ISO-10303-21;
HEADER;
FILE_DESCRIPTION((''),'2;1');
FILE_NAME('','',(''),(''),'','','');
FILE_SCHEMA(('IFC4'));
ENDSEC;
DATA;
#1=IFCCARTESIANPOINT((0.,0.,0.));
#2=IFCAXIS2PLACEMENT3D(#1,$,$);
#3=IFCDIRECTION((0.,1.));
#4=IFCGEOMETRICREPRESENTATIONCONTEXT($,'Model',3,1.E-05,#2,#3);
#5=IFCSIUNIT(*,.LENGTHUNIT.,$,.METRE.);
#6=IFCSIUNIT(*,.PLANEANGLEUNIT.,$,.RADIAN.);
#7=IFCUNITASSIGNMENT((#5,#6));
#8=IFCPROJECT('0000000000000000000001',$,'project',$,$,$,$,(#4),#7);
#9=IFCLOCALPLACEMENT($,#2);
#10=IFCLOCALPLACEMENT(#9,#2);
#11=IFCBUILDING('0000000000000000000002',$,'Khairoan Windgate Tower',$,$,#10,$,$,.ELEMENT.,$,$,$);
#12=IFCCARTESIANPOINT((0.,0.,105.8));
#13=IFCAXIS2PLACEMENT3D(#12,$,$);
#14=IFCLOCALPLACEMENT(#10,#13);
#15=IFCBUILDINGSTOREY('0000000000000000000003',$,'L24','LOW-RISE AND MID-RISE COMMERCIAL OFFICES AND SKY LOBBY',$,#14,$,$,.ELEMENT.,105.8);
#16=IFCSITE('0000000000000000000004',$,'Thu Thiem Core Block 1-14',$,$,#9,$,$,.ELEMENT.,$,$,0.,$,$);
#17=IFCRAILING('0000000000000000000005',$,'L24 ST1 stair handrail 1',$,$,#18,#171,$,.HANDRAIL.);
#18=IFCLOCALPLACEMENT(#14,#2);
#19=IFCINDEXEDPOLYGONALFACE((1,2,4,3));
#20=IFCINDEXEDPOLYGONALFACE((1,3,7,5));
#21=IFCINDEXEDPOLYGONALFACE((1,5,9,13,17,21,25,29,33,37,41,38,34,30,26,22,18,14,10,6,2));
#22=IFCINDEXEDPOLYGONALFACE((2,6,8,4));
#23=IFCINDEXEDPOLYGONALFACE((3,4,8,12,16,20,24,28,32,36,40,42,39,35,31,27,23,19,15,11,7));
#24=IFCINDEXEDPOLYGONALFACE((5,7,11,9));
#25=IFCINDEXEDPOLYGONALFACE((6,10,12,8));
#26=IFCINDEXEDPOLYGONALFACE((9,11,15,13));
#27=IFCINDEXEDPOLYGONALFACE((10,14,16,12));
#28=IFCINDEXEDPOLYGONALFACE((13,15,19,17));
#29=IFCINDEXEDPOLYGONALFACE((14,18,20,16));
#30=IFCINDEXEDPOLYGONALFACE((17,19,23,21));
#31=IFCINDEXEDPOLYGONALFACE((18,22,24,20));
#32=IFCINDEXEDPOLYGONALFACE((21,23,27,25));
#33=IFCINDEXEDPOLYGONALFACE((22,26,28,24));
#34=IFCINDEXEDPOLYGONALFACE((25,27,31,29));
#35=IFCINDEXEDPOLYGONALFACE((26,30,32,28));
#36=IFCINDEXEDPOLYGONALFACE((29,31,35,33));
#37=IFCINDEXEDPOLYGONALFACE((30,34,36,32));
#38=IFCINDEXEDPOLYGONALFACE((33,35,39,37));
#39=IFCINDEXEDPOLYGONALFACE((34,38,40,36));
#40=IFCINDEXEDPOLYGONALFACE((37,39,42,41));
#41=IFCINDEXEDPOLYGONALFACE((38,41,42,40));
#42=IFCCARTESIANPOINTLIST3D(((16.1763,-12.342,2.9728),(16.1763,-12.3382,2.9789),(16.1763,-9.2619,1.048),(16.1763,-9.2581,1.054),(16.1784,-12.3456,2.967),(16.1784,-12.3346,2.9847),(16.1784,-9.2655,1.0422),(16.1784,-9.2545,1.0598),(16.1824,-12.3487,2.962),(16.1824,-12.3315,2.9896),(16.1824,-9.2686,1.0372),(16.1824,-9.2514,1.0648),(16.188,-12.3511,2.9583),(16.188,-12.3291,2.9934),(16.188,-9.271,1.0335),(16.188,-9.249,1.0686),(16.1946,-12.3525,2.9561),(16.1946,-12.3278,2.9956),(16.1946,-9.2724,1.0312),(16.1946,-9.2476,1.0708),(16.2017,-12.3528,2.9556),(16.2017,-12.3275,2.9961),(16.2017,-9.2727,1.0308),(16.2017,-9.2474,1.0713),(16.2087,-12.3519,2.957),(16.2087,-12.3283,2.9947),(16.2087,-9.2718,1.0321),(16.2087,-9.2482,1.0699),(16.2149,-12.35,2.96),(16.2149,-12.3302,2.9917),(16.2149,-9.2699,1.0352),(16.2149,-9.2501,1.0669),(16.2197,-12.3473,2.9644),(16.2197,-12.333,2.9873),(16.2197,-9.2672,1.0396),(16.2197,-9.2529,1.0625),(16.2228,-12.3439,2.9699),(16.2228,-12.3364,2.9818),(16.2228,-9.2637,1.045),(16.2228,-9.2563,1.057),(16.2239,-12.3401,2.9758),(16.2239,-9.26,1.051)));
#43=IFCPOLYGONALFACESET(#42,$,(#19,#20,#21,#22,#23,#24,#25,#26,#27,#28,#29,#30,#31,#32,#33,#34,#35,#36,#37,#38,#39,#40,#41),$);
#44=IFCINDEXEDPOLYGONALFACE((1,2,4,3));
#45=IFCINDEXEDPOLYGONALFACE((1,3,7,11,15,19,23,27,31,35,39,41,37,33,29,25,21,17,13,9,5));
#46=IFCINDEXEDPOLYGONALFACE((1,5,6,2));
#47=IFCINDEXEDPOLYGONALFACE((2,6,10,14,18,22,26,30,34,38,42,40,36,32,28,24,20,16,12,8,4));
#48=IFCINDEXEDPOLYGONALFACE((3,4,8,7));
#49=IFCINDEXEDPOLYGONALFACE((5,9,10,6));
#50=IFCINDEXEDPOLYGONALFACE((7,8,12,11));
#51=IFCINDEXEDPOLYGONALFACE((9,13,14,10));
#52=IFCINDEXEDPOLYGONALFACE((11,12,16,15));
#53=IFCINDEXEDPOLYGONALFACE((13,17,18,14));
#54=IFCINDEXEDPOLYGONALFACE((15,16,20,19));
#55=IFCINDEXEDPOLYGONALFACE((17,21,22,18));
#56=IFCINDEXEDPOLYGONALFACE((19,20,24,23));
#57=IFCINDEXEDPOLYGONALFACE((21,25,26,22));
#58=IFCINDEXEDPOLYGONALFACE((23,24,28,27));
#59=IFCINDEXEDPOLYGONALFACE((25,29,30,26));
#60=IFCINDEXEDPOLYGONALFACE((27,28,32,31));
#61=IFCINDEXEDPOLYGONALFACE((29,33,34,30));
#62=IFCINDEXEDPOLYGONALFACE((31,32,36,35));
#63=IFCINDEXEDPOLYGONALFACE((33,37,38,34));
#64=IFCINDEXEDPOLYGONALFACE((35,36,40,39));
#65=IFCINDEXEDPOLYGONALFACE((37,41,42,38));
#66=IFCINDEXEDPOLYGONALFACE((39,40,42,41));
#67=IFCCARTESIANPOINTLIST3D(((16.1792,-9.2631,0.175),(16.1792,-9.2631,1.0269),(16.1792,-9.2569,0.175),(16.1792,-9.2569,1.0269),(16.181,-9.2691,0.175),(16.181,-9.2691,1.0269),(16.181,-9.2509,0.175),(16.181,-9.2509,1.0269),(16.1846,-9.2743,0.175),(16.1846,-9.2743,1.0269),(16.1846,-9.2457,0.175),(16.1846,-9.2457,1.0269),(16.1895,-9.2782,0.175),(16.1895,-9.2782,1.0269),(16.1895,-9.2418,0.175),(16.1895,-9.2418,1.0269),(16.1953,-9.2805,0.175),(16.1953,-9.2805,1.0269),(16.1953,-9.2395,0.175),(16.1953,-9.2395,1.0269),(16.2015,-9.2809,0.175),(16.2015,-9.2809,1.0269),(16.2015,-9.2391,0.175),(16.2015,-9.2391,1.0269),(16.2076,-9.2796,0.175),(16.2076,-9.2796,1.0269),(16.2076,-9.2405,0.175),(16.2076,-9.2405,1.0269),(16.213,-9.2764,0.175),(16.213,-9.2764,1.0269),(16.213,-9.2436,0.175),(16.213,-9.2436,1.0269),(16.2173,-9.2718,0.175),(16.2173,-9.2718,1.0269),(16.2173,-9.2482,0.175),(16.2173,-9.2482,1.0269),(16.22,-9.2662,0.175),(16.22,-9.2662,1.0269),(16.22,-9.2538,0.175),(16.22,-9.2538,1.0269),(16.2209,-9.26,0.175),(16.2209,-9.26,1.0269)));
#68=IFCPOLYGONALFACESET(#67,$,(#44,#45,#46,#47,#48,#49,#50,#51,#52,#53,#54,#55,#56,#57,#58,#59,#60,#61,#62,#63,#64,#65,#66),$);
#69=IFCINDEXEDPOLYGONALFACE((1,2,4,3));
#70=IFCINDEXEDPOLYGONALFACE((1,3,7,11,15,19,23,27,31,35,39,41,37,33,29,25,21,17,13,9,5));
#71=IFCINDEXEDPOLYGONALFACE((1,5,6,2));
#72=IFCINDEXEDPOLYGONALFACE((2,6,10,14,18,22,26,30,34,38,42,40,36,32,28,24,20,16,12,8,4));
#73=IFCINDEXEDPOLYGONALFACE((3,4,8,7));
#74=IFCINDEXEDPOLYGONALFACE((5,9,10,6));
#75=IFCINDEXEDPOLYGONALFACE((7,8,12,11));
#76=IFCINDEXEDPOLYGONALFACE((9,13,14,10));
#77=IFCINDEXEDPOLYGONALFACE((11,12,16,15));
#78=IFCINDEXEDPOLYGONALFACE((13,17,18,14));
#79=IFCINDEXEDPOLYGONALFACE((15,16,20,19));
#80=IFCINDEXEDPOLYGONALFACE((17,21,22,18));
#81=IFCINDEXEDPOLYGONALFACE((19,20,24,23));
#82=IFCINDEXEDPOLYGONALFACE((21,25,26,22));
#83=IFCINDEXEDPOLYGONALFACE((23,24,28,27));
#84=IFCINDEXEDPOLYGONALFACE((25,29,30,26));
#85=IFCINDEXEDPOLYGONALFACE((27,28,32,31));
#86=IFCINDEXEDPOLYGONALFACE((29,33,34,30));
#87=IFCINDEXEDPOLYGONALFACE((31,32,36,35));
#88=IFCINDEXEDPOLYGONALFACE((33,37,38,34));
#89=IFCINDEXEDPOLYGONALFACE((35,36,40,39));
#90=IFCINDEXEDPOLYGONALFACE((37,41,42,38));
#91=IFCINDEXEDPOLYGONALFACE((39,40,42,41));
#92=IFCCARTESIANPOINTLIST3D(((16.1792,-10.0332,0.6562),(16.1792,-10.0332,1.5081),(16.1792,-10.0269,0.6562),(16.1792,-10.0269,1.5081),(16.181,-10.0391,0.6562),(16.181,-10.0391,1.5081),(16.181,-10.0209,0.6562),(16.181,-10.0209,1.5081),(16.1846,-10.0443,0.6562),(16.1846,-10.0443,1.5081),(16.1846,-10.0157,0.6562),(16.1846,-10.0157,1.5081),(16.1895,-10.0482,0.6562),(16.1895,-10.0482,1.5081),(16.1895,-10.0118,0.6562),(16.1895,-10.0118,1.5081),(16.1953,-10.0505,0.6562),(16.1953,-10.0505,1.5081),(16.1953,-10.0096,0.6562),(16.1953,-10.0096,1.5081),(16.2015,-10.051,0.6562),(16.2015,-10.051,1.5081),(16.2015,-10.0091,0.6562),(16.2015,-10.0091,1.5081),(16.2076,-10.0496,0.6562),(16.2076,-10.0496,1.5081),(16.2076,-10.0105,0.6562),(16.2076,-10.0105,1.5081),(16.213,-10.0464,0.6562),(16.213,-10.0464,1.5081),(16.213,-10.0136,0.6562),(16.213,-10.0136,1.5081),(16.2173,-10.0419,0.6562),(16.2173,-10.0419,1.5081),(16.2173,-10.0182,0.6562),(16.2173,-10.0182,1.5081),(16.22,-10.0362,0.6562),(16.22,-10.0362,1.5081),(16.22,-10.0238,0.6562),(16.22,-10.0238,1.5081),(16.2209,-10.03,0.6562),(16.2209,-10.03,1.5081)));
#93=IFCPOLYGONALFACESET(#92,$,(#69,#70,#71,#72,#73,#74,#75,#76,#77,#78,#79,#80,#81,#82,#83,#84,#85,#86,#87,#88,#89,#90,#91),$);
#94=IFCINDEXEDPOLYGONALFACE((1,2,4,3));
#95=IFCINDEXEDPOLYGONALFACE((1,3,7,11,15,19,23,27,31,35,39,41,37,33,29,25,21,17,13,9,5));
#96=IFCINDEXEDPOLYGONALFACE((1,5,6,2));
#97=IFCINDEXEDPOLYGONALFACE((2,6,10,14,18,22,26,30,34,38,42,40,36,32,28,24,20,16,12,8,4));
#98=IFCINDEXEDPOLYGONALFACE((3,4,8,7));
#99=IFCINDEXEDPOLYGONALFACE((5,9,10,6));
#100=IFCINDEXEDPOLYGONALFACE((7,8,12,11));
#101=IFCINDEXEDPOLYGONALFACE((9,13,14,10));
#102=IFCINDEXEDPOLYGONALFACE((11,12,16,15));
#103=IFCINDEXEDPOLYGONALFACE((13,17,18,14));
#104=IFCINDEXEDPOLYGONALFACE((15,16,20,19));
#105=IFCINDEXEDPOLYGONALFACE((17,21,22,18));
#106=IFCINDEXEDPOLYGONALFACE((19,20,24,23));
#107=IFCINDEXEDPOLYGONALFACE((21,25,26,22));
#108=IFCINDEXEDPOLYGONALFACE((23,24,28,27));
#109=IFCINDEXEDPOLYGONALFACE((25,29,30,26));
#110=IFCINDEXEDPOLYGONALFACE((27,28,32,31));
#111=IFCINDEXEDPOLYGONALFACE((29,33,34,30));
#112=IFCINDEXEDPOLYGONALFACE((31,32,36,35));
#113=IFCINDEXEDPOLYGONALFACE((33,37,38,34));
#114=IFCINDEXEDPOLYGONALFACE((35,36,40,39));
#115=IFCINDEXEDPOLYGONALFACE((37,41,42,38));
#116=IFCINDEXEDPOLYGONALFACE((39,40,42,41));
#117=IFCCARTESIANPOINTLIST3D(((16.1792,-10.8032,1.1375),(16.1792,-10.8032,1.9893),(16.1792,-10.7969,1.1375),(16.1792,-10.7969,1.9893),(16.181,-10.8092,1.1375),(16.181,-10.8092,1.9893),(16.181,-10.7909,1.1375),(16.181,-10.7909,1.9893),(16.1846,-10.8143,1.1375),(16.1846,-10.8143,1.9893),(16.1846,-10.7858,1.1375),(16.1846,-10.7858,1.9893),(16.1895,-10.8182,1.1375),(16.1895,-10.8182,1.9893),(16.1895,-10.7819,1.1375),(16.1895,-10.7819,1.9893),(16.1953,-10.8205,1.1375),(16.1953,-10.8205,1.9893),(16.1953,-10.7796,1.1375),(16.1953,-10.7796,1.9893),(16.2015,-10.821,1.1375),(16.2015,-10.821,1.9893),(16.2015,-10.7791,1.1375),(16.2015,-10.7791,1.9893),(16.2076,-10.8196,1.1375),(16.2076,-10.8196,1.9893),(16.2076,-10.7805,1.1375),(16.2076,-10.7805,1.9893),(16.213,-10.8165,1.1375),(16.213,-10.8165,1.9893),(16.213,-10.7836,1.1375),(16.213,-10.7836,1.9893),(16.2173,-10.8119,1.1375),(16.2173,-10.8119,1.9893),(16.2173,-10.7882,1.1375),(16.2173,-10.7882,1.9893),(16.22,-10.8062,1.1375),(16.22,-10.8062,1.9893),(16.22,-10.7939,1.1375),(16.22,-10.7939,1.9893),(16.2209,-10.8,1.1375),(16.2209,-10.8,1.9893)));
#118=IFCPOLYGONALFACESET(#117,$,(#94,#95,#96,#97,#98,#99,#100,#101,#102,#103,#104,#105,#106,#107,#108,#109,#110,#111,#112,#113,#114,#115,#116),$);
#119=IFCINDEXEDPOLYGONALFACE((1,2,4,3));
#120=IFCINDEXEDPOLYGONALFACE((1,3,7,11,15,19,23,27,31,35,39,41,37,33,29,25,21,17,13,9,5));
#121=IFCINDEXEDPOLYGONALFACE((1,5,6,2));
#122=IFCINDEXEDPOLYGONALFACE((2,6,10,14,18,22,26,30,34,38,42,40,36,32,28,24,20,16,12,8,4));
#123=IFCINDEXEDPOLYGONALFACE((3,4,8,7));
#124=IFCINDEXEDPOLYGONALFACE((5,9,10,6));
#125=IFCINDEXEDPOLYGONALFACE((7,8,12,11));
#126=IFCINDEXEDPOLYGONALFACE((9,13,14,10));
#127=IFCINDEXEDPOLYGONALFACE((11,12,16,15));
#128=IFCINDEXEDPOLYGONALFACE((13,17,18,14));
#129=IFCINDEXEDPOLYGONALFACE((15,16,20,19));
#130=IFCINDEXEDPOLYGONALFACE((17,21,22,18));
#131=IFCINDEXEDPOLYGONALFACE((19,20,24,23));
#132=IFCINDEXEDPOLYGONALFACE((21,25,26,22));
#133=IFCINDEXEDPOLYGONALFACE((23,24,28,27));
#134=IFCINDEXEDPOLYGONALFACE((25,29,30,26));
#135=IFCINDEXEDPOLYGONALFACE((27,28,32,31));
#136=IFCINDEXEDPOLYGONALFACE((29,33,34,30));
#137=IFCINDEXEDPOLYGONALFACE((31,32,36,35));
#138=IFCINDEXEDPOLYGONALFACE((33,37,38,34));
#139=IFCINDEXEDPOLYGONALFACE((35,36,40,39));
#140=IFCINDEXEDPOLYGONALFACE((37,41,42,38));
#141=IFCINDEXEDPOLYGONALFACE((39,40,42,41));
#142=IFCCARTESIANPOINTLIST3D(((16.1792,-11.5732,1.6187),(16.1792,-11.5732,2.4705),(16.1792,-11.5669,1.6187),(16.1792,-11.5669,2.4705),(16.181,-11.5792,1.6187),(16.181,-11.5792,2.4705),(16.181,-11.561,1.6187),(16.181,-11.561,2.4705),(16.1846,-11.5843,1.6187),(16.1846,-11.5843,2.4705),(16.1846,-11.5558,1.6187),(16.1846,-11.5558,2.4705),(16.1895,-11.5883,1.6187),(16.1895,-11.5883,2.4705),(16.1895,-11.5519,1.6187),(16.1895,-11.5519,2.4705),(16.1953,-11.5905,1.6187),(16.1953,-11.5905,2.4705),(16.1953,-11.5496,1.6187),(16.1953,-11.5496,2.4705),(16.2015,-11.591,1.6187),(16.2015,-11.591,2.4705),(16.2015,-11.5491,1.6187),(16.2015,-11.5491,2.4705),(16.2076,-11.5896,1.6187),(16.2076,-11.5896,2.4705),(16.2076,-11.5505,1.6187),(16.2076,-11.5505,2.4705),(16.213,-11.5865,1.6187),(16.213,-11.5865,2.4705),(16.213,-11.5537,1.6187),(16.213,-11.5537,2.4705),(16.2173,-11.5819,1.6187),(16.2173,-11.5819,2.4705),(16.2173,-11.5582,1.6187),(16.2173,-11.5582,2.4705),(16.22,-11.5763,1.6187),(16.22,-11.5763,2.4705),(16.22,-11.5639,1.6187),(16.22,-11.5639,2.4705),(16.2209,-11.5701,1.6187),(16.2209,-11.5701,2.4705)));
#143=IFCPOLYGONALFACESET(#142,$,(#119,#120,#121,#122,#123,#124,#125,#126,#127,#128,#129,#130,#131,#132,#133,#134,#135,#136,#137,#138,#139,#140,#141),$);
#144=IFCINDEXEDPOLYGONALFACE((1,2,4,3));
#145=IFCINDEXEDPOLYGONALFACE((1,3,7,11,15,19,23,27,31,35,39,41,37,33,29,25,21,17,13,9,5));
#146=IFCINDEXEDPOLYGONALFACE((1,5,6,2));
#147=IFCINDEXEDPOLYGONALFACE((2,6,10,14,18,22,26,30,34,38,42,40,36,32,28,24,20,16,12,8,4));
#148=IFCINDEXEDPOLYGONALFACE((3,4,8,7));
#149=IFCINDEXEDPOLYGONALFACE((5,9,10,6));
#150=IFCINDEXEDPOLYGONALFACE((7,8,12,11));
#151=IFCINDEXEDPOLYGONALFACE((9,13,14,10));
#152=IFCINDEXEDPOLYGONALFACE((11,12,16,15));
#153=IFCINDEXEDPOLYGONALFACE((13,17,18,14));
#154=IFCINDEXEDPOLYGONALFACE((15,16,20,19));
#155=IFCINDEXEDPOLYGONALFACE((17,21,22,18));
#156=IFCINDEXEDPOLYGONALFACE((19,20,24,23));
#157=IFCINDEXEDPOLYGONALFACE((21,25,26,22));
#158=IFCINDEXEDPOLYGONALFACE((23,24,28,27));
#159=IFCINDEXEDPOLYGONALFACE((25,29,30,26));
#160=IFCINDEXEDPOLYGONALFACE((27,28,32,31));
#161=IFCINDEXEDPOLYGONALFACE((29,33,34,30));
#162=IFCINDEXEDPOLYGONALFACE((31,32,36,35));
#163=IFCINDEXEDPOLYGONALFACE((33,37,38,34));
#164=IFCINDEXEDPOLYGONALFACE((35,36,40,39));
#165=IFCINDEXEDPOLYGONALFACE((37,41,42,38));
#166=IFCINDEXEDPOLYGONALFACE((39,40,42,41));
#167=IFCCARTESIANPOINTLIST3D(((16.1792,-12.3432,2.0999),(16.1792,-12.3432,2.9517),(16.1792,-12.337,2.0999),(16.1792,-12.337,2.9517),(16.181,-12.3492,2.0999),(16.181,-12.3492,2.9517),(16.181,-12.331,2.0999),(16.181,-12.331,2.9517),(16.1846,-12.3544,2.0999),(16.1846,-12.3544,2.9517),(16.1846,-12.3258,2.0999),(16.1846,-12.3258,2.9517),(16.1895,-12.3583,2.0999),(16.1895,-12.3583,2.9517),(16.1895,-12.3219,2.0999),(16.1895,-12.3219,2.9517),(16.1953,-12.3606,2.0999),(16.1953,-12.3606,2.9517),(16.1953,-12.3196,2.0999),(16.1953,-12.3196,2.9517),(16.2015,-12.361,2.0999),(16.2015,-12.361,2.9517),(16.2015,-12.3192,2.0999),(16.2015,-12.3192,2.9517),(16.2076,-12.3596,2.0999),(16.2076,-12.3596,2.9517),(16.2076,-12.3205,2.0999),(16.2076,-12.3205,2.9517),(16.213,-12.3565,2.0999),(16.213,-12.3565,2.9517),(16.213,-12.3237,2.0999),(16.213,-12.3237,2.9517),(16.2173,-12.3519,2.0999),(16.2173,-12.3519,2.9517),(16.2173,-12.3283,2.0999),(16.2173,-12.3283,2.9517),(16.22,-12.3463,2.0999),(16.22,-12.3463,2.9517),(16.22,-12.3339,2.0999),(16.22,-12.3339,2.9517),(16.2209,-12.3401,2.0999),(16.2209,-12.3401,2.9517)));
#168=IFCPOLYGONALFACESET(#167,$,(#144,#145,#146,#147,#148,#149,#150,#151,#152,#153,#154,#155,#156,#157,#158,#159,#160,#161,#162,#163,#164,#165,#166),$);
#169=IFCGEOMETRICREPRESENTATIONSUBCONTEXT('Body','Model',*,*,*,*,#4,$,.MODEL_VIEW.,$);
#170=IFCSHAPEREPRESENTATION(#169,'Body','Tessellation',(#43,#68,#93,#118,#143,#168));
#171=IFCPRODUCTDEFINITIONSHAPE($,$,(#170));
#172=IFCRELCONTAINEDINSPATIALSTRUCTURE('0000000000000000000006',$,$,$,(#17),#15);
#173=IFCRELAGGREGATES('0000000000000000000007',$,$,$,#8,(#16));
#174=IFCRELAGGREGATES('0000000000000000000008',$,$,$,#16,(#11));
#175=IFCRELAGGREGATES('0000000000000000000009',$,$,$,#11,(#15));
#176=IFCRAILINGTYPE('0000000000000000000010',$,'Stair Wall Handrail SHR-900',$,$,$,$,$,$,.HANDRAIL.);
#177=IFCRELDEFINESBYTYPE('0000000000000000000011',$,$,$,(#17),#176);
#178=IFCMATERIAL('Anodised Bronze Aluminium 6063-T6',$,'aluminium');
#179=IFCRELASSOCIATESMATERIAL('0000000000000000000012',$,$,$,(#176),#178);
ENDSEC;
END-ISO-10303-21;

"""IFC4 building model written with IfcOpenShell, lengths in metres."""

from ifc_helpers import new_model, si_unit, direction, frame, origin, origin_2d, place, context, subcontext, project, spatial, circle, extrude, material, type_object, element, save


model = new_model("IFC4")

# Units and contexts
model_context = context("Model", 3, precision=1e-05, world=origin(), true_north=direction((0.0, 1.0)))
body_context = subcontext(model_context, "Body", "Model", "MODEL_VIEW")
ifc_project = project(units=[si_unit("LENGTHUNIT", "METRE"), si_unit("PLANEANGLEUNIT", "RADIAN")], contexts=[model_context])

# Site, building, storey
site_placement = place(None, origin())
site = spatial("IfcSite", under=ifc_project, at=site_placement, Name="Thu Thiem Core Block 1-14", CompositionType="ELEMENT", RefElevation=0.0)
building_placement = place(site_placement, origin())
building = spatial("IfcBuilding", under=site, at=building_placement, Name="Khairoan Windgate Tower", CompositionType="ELEMENT")
storey_placement = place(building_placement, frame((0.0, 0.0, 105.8)))
storey = spatial("IfcBuildingStorey", under=building, at=storey_placement, Name="L24", Description="LOW-RISE AND MID-RISE COMMERCIAL OFFICES AND SKY LOBBY", CompositionType="ELEMENT", Elevation=105.8)

# Railing
ifc_material_1 = material(Name="Anodised Bronze Aluminium 6063-T6", Category="aluminium")
railing_type_1 = type_object("IfcRailingType", Name="Stair Wall Handrail SHR-900", PredefinedType="HANDRAIL", material=ifc_material_1)
railing_1_placement = place(storey_placement, frame((16.2, -9.26, 0.175)))
element("IfcRailing", 1, at=railing_1_placement, inside=storey, type_object=railing_type_1, Name="L24 ST1 stair handrail 1", PredefinedType="HANDRAIL", context=body_context, shape_type="SweptSolid", body=[
    extrude(circle(Radius=0.0239, at=origin_2d()), frame((0.0, 0.0, 0.876), z_axis=(0.0, -0.848029, 0.529951), x_axis=(1.0, 0.0, 0.0)), (0.0, 0.0, 1.0), 3.6321),
    extrude(circle(Radius=0.021, at=origin_2d()), origin(), (0.0, 0.0, 1.0), 0.8518),
    extrude(circle(Radius=0.021, at=origin_2d()), frame((0.0, -0.77, 0.4812)), (0.0, 0.0, 1.0), 0.8518),
    extrude(circle(Radius=0.021, at=origin_2d()), frame((0.0, -1.54, 0.9624)), (0.0, 0.0, 1.0), 0.8518),
    extrude(circle(Radius=0.021, at=origin_2d()), frame((0.0, -2.3101, 1.4436)), (0.0, 0.0, 1.0), 0.8518),
    extrude(circle(Radius=0.021, at=origin_2d()), frame((0.0, -3.0801, 1.9248)), (0.0, 0.0, 1.0), 0.8518),
])

save(model, "model.ifc")
